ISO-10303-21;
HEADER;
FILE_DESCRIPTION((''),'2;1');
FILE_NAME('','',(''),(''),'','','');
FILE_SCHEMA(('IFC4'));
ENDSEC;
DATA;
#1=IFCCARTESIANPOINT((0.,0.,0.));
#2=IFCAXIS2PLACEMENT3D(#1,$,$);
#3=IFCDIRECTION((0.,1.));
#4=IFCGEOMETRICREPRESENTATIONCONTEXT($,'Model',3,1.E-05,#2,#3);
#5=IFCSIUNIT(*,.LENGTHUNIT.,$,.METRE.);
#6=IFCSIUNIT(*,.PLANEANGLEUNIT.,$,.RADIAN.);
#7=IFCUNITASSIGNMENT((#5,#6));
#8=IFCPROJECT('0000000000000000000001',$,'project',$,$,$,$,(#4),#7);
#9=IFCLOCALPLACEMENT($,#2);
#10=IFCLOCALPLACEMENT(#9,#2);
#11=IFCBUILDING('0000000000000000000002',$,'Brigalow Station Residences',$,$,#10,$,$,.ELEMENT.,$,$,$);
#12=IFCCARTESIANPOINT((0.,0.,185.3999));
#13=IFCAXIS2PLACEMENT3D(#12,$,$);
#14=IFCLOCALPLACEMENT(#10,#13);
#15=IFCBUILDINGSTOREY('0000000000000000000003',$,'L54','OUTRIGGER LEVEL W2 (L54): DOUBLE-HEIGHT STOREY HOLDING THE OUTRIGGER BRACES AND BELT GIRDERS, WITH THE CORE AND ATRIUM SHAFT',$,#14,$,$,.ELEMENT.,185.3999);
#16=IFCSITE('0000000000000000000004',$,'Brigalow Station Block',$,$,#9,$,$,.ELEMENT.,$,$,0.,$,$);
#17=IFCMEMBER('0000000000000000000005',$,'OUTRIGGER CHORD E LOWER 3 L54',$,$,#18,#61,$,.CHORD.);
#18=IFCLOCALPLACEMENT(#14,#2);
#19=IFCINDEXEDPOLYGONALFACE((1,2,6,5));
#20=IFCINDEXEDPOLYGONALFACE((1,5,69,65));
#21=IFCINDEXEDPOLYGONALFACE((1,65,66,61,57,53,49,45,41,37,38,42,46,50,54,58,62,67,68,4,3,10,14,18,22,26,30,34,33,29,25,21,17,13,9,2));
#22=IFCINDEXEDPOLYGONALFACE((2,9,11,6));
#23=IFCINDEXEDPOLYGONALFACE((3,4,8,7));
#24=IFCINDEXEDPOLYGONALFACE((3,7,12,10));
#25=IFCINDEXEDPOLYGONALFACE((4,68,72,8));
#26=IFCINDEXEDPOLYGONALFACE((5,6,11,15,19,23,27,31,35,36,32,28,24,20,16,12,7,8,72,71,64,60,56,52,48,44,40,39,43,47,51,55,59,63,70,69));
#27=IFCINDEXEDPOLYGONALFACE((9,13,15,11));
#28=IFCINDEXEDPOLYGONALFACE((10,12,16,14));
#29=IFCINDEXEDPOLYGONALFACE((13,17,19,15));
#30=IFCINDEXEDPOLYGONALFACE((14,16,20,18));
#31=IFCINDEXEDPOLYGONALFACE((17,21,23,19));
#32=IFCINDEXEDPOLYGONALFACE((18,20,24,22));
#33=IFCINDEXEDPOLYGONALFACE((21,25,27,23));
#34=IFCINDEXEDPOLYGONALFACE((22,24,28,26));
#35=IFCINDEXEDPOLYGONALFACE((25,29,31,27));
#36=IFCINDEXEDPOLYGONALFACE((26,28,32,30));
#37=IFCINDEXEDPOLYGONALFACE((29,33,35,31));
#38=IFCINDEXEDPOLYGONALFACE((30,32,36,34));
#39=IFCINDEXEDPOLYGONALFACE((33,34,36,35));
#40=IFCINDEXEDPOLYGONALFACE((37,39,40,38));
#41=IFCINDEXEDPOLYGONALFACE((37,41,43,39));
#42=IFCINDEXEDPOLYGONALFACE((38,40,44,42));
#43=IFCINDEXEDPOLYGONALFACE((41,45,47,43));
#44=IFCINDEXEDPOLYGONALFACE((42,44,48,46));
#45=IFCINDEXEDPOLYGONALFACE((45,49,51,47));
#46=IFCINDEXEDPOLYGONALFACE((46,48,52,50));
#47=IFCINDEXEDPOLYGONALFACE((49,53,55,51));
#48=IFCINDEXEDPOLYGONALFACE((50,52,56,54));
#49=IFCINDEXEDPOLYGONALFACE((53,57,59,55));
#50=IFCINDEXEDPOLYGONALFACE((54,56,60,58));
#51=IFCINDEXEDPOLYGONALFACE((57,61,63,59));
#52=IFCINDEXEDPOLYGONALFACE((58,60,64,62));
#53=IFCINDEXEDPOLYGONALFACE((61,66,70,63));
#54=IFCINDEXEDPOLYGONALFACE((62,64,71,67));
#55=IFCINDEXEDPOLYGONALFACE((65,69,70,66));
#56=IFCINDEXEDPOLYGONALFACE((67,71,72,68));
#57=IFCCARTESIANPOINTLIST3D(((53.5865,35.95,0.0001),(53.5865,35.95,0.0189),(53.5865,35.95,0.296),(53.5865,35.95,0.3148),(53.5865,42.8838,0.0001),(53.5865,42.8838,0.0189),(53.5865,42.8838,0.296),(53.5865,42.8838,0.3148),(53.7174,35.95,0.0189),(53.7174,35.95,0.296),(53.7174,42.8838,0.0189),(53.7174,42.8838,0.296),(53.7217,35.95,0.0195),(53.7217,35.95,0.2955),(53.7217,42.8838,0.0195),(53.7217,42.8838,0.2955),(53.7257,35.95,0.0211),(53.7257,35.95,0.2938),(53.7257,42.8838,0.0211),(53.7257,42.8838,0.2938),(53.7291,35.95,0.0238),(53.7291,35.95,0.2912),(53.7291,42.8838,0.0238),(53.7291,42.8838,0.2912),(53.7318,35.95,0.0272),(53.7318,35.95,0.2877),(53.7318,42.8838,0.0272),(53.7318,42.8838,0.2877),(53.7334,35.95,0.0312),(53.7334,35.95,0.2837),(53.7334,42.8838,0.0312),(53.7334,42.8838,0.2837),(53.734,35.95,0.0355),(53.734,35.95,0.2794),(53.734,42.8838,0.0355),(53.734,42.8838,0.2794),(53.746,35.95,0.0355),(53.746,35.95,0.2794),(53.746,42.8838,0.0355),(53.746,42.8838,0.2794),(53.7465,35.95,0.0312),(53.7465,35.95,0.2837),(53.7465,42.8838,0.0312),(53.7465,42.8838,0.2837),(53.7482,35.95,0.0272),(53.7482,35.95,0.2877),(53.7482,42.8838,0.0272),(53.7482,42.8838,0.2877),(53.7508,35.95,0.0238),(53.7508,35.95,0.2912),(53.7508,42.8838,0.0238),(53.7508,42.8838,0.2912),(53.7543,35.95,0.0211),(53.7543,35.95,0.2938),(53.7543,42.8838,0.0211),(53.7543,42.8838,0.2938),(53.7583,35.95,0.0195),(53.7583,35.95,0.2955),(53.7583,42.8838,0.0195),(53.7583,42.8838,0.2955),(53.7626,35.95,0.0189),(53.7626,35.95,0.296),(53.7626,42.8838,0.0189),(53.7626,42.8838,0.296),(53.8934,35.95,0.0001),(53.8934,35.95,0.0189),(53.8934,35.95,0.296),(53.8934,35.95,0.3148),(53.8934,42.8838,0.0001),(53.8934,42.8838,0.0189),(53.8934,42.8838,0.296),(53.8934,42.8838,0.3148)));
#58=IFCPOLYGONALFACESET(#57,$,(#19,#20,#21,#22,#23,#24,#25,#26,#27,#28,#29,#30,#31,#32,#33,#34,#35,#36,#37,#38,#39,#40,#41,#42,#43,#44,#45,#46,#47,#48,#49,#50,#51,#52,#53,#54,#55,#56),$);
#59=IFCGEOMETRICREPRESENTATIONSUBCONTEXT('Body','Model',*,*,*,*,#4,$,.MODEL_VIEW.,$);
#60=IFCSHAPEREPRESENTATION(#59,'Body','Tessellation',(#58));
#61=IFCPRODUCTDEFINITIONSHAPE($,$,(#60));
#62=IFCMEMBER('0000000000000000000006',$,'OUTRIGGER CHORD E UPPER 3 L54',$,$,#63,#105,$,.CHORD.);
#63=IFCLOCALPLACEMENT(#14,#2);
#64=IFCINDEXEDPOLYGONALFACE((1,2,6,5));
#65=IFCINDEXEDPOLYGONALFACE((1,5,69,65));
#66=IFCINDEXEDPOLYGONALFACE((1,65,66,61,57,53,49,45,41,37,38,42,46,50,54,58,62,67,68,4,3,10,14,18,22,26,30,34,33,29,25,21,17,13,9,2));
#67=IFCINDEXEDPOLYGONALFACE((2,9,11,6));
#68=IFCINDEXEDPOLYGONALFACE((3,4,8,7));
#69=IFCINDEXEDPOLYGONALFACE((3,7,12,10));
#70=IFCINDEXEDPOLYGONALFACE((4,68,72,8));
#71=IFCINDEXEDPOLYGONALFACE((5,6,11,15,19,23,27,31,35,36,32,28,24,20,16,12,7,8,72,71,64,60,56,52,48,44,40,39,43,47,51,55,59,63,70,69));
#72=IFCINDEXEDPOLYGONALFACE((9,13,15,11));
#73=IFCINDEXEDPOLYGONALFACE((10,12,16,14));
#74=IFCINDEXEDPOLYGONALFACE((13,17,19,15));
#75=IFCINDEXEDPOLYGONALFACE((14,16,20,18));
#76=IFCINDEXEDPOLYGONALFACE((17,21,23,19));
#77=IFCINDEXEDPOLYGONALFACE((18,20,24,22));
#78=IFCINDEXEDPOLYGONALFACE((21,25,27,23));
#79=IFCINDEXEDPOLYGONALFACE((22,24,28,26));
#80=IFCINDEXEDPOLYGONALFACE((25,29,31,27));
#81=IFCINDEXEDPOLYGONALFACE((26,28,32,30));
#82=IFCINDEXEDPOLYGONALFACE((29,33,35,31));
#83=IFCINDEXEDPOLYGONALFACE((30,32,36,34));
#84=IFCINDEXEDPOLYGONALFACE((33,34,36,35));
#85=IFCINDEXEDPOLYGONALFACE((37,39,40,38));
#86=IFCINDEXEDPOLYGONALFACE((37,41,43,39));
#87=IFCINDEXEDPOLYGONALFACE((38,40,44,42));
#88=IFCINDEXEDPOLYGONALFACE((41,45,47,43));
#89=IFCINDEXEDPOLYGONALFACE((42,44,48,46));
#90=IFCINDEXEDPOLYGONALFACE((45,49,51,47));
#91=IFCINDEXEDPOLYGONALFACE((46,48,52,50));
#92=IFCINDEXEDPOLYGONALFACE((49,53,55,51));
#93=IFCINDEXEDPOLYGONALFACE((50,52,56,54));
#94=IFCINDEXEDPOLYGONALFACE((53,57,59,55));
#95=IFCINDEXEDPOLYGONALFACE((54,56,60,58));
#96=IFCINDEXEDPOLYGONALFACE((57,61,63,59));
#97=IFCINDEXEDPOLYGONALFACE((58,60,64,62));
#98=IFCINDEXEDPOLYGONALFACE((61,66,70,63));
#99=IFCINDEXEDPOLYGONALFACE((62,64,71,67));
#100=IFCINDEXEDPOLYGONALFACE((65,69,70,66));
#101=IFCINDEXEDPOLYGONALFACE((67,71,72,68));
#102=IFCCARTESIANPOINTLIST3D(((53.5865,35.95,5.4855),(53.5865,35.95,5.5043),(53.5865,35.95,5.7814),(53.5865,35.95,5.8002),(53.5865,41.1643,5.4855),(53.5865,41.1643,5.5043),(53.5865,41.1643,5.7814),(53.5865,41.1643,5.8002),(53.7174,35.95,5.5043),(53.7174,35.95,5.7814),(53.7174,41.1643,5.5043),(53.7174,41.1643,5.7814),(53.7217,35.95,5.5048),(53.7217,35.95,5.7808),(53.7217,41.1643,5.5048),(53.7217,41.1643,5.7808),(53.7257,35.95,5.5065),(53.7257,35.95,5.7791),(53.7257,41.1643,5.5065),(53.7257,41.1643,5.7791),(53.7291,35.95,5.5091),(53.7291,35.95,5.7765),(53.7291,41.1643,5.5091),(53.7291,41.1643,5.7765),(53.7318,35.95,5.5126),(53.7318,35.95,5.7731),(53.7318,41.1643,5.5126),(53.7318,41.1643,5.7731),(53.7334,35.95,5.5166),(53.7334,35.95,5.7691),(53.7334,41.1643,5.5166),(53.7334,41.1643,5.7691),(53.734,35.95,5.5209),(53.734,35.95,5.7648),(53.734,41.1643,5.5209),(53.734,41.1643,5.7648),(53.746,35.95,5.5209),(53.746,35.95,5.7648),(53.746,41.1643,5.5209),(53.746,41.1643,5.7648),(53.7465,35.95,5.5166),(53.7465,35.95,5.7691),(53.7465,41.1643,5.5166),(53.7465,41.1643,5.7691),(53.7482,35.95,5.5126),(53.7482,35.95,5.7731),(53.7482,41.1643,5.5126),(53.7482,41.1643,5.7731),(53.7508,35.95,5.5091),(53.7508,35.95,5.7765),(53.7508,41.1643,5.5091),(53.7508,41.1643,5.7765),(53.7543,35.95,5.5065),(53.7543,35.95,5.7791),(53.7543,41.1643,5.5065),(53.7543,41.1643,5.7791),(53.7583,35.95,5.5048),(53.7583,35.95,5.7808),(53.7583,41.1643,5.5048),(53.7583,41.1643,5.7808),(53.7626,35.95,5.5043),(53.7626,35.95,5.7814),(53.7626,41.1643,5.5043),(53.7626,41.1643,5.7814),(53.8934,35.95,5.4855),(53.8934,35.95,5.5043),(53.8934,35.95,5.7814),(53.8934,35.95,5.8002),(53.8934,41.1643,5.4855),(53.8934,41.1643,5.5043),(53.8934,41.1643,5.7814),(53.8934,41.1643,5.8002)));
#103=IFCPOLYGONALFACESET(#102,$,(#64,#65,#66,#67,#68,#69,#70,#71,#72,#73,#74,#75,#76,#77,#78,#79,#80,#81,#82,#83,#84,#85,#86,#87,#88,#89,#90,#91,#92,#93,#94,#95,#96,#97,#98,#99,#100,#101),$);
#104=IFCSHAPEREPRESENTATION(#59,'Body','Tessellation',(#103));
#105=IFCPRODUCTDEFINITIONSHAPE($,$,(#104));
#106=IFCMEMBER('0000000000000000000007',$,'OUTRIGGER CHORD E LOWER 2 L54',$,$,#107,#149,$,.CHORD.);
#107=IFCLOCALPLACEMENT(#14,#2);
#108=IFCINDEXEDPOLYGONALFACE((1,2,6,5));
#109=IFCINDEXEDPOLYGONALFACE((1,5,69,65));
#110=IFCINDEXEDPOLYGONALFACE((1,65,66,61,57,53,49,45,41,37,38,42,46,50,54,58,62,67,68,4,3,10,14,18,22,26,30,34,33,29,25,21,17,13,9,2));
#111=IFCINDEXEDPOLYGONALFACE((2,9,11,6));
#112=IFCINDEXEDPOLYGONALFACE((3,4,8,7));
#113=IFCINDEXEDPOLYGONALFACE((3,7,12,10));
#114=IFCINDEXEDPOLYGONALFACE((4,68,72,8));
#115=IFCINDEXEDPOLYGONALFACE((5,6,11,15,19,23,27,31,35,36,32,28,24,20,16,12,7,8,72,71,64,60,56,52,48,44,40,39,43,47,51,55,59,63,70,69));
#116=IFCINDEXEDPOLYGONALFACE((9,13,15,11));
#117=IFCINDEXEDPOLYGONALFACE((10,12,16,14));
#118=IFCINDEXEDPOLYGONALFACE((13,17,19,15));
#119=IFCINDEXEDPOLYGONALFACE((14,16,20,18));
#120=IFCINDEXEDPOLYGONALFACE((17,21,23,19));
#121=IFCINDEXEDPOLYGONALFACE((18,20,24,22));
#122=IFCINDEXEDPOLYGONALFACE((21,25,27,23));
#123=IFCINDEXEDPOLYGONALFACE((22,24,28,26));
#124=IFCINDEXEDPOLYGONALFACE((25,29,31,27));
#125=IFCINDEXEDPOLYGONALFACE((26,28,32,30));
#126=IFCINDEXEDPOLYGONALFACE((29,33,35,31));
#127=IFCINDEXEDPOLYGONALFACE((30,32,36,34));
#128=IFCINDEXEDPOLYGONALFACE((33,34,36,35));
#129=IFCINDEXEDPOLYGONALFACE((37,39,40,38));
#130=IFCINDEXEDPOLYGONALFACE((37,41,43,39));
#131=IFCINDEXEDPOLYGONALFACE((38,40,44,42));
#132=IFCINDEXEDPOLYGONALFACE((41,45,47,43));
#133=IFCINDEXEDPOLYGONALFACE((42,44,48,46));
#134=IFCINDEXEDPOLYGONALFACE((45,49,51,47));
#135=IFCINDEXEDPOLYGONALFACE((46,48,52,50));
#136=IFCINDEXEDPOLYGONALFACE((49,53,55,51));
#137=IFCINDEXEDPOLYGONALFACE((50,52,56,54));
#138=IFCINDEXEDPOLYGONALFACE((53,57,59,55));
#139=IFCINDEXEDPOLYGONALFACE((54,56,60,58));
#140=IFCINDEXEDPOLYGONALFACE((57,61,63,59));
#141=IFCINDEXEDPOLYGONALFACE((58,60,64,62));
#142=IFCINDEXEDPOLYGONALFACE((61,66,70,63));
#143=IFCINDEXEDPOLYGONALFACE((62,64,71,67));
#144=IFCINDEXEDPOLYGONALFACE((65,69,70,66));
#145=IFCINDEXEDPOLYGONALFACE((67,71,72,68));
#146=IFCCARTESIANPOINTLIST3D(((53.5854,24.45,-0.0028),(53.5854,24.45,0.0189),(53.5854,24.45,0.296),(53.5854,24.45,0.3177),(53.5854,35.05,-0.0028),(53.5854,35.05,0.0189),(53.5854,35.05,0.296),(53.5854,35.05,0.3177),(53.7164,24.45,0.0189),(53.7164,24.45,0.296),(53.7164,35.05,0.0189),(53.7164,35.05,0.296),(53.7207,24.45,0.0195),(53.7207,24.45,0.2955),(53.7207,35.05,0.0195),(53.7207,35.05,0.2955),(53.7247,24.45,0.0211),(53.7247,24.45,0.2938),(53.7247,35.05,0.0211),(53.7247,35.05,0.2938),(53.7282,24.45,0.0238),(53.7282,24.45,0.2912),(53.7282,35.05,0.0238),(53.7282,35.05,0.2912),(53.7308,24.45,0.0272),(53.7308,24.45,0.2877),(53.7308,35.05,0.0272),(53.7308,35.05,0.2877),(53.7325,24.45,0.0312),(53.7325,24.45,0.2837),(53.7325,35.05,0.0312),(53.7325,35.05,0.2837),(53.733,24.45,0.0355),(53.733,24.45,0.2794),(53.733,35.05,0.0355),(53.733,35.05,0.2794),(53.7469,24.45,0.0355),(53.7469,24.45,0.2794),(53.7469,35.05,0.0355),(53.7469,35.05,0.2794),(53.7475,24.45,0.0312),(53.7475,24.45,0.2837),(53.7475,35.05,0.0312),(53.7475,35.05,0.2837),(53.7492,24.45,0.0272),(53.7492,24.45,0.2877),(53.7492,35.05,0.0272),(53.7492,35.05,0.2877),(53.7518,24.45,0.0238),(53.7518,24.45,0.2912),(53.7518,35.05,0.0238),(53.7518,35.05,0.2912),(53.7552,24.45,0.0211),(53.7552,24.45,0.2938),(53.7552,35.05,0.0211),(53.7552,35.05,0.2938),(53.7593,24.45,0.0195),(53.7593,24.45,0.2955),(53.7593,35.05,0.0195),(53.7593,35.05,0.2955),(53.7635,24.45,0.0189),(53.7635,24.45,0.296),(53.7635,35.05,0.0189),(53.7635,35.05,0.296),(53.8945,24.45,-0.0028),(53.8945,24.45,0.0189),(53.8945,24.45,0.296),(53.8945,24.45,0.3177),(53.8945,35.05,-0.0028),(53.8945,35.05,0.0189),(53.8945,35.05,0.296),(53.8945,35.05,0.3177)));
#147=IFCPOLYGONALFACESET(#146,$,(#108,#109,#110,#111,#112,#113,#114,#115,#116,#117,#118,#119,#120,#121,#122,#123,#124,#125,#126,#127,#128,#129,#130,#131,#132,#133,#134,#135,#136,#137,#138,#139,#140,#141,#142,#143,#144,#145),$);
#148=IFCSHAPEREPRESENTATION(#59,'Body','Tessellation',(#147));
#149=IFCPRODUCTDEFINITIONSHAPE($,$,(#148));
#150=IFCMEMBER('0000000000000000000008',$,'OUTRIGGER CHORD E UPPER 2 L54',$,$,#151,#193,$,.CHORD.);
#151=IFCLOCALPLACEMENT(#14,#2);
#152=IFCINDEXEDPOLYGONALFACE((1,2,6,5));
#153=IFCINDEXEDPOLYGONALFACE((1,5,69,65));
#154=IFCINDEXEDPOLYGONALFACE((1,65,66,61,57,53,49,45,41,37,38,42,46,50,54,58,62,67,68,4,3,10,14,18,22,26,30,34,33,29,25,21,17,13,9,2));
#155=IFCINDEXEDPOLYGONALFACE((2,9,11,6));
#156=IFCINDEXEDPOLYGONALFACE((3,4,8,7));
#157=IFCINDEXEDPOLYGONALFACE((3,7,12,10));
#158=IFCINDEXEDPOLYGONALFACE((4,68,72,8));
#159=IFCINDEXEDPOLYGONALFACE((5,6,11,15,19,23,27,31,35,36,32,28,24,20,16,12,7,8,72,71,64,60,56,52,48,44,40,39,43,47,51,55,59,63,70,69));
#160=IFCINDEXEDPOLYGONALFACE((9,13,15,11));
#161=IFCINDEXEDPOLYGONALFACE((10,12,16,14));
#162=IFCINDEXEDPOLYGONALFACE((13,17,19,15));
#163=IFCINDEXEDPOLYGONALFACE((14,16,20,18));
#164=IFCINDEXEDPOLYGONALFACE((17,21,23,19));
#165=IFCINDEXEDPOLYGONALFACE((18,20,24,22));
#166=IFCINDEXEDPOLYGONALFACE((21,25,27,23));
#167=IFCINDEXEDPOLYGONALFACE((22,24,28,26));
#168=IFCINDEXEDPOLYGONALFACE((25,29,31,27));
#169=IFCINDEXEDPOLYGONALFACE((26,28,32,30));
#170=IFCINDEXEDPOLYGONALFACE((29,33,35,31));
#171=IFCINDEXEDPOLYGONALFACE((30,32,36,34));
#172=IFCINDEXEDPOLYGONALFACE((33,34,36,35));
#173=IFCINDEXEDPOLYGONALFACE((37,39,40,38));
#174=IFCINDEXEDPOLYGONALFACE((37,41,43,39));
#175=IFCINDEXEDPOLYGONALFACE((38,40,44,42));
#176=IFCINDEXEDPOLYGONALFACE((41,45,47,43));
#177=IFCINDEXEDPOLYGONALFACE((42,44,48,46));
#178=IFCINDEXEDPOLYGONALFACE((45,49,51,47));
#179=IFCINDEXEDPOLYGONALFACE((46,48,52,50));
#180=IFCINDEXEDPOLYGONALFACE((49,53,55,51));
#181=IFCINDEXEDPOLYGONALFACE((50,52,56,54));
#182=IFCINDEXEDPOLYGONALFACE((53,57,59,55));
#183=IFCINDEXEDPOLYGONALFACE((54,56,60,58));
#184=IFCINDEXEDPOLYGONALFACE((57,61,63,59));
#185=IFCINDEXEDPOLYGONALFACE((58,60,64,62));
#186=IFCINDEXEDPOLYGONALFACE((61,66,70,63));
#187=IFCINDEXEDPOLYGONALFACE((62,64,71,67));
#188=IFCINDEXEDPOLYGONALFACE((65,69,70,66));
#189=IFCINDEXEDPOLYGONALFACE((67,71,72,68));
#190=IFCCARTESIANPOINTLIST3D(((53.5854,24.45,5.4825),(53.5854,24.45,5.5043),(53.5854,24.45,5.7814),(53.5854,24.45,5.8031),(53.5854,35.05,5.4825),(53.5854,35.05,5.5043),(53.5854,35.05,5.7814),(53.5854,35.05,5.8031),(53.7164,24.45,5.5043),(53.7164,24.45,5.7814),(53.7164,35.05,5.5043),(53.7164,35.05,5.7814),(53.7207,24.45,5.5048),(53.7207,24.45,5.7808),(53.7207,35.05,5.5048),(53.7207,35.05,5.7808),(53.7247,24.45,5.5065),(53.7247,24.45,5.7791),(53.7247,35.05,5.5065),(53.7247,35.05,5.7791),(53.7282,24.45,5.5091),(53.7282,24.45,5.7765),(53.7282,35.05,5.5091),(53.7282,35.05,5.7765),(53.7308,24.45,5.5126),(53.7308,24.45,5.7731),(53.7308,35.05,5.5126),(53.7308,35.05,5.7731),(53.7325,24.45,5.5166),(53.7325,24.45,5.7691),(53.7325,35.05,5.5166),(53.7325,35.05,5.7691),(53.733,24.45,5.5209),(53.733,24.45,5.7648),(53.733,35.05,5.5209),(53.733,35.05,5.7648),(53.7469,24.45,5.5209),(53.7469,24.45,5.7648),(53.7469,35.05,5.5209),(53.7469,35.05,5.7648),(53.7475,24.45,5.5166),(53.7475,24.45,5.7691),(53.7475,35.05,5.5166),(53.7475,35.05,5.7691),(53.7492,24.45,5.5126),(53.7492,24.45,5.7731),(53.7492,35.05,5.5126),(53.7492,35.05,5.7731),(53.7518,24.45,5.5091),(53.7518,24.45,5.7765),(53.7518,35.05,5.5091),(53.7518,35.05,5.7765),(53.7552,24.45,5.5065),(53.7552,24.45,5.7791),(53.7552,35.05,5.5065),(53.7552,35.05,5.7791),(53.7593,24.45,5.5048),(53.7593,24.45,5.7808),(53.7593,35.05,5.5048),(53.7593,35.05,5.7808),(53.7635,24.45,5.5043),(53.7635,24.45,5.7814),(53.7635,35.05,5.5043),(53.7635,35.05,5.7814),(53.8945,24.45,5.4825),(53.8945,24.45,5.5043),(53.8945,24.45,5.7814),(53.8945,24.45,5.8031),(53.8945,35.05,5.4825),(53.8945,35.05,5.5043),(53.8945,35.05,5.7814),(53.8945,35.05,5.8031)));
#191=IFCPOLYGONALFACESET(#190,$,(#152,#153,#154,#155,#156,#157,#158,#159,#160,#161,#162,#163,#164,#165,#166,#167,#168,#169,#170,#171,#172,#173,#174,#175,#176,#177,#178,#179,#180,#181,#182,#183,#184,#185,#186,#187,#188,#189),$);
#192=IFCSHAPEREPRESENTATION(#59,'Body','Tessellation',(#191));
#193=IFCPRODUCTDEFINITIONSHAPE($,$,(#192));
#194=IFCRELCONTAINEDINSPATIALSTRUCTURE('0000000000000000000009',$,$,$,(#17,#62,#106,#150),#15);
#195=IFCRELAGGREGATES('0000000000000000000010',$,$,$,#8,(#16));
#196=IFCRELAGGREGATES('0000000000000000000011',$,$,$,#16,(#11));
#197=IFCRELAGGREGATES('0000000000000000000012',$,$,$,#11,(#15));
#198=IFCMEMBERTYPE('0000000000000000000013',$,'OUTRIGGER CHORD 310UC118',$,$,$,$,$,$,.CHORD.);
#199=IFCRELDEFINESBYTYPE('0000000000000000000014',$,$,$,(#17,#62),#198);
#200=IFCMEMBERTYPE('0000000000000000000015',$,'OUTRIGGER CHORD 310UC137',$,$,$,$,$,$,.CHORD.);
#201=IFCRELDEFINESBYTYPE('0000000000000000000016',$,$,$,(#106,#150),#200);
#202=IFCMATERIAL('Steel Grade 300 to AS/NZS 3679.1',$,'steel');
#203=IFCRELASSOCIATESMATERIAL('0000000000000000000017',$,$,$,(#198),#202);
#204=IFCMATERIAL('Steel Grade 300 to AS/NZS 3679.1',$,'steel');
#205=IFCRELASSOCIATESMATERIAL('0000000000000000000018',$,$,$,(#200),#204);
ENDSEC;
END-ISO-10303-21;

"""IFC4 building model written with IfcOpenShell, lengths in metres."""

from ifc_helpers import new_model, si_unit, direction, frame, origin, origin_2d, place, context, subcontext, project, spatial, i_section, extrude, material, material_profile, profile_set, type_object, element, save


model = new_model("IFC4")

# Units and contexts
model_context = context("Model", 3, precision=1e-05, world=origin(), true_north=direction((0.0, 1.0)))
body_context = subcontext(model_context, "Body", "Model", "MODEL_VIEW")
ifc_project = project(units=[si_unit("LENGTHUNIT", "METRE"), si_unit("PLANEANGLEUNIT", "RADIAN")], contexts=[model_context])

# Site, building, storey
site_placement = place(None, origin())
site = spatial("IfcSite", under=ifc_project, at=site_placement, Name="Brigalow Station Block", CompositionType="ELEMENT", RefElevation=0.0)
building_placement = place(site_placement, origin())
building = spatial("IfcBuilding", under=site, at=building_placement, Name="Brigalow Station Residences", CompositionType="ELEMENT")
storey_placement = place(building_placement, frame((0.0, 0.0, 185.3999)))
storey = spatial("IfcBuildingStorey", under=building, at=storey_placement, Name="L54", Description="OUTRIGGER LEVEL W2 (L54): DOUBLE-HEIGHT STOREY HOLDING THE OUTRIGGER BRACES AND BELT GIRDERS, WITH THE CORE AND ATRIUM SHAFT", CompositionType="ELEMENT", Elevation=185.3999)

# Members
ifc_material_1 = material(Name="Steel Grade 300 to AS/NZS 3679.1", Category="steel")
ifc_material_profile_1 = material_profile(ifc_material_1, i_section(OverallWidth=0.3069, OverallDepth=0.3147, WebThickness=0.012, FlangeThickness=0.0188, FilletRadius=0.0166, at=origin_2d()), Name="310UC118")
ifc_profile_set_1 = profile_set([ifc_material_profile_1], Name="Steel Grade 300 to AS/NZS 3679.1")
member_type_1 = type_object("IfcMemberType", Name="OUTRIGGER CHORD 310UC118", PredefinedType="CHORD", material=ifc_profile_set_1)
member_1_placement = place(storey_placement, frame((53.74, 35.95, 0.1575), z_axis=(0.0, 1.0, 0.0), x_axis=(-1.0, 0.0, 0.0)))
element("IfcMember", 1, at=member_1_placement, inside=storey, type_object=member_type_1, Name="OUTRIGGER CHORD E LOWER 3 L54", PredefinedType="CHORD", context=body_context, shape_type="SweptSolid", body=[
    extrude(i_section(OverallWidth=0.3069, OverallDepth=0.3147, WebThickness=0.012, FlangeThickness=0.0188, FilletRadius=0.0166, at=origin_2d()), origin(), (0.0, 0.0, 1.0), 6.9338),
])
member_2_placement = place(storey_placement, frame((53.74, 35.95, 5.6428), z_axis=(0.0, 1.0, 0.0), x_axis=(-1.0, 0.0, 0.0)))
element("IfcMember", 2, at=member_2_placement, inside=storey, type_object=member_type_1, Name="OUTRIGGER CHORD E UPPER 3 L54", PredefinedType="CHORD", context=body_context, shape_type="SweptSolid", body=[
    extrude(i_section(OverallWidth=0.3069, OverallDepth=0.3147, WebThickness=0.012, FlangeThickness=0.0188, FilletRadius=0.0166, at=origin_2d()), origin(), (0.0, 0.0, 1.0), 5.2144),
])
ifc_material_2 = material(Name="Steel Grade 300 to AS/NZS 3679.1", Category="steel")
ifc_material_profile_2 = material_profile(ifc_material_2, i_section(OverallWidth=0.3091, OverallDepth=0.3206, WebThickness=0.0139, FlangeThickness=0.0217, FilletRadius=0.0166, at=origin_2d()), Name="310UC137")
ifc_profile_set_2 = profile_set([ifc_material_profile_2], Name="Steel Grade 300 to AS/NZS 3679.1")
member_type_2 = type_object("IfcMemberType", Name="OUTRIGGER CHORD 310UC137", PredefinedType="CHORD", material=ifc_profile_set_2)
for number, where, z_axis, x_axis, name in (
    (3, (53.74, 24.45, 0.1575), (0.0, 1.0, 0.0), (-1.0, 0.0, 0.0), "OUTRIGGER CHORD E LOWER 2 L54"),
    (4, (53.74, 24.45, 5.6428), (0.0, 1.0, 0.0), (-1.0, 0.0, 0.0), "OUTRIGGER CHORD E UPPER 2 L54"),
):
    element("IfcMember", number, at=place(storey_placement, frame(where, z_axis=z_axis, x_axis=x_axis)), inside=storey, type_object=member_type_2, Name=name, PredefinedType="CHORD", context=body_context, shape_type="SweptSolid", body=[
        extrude(i_section(OverallWidth=0.3091, OverallDepth=0.3206, WebThickness=0.0139, FlangeThickness=0.0217, FilletRadius=0.0166, at=origin_2d()), origin(), (0.0, 0.0, 1.0), 10.6001),
    ])

save(model, "model.ifc")
